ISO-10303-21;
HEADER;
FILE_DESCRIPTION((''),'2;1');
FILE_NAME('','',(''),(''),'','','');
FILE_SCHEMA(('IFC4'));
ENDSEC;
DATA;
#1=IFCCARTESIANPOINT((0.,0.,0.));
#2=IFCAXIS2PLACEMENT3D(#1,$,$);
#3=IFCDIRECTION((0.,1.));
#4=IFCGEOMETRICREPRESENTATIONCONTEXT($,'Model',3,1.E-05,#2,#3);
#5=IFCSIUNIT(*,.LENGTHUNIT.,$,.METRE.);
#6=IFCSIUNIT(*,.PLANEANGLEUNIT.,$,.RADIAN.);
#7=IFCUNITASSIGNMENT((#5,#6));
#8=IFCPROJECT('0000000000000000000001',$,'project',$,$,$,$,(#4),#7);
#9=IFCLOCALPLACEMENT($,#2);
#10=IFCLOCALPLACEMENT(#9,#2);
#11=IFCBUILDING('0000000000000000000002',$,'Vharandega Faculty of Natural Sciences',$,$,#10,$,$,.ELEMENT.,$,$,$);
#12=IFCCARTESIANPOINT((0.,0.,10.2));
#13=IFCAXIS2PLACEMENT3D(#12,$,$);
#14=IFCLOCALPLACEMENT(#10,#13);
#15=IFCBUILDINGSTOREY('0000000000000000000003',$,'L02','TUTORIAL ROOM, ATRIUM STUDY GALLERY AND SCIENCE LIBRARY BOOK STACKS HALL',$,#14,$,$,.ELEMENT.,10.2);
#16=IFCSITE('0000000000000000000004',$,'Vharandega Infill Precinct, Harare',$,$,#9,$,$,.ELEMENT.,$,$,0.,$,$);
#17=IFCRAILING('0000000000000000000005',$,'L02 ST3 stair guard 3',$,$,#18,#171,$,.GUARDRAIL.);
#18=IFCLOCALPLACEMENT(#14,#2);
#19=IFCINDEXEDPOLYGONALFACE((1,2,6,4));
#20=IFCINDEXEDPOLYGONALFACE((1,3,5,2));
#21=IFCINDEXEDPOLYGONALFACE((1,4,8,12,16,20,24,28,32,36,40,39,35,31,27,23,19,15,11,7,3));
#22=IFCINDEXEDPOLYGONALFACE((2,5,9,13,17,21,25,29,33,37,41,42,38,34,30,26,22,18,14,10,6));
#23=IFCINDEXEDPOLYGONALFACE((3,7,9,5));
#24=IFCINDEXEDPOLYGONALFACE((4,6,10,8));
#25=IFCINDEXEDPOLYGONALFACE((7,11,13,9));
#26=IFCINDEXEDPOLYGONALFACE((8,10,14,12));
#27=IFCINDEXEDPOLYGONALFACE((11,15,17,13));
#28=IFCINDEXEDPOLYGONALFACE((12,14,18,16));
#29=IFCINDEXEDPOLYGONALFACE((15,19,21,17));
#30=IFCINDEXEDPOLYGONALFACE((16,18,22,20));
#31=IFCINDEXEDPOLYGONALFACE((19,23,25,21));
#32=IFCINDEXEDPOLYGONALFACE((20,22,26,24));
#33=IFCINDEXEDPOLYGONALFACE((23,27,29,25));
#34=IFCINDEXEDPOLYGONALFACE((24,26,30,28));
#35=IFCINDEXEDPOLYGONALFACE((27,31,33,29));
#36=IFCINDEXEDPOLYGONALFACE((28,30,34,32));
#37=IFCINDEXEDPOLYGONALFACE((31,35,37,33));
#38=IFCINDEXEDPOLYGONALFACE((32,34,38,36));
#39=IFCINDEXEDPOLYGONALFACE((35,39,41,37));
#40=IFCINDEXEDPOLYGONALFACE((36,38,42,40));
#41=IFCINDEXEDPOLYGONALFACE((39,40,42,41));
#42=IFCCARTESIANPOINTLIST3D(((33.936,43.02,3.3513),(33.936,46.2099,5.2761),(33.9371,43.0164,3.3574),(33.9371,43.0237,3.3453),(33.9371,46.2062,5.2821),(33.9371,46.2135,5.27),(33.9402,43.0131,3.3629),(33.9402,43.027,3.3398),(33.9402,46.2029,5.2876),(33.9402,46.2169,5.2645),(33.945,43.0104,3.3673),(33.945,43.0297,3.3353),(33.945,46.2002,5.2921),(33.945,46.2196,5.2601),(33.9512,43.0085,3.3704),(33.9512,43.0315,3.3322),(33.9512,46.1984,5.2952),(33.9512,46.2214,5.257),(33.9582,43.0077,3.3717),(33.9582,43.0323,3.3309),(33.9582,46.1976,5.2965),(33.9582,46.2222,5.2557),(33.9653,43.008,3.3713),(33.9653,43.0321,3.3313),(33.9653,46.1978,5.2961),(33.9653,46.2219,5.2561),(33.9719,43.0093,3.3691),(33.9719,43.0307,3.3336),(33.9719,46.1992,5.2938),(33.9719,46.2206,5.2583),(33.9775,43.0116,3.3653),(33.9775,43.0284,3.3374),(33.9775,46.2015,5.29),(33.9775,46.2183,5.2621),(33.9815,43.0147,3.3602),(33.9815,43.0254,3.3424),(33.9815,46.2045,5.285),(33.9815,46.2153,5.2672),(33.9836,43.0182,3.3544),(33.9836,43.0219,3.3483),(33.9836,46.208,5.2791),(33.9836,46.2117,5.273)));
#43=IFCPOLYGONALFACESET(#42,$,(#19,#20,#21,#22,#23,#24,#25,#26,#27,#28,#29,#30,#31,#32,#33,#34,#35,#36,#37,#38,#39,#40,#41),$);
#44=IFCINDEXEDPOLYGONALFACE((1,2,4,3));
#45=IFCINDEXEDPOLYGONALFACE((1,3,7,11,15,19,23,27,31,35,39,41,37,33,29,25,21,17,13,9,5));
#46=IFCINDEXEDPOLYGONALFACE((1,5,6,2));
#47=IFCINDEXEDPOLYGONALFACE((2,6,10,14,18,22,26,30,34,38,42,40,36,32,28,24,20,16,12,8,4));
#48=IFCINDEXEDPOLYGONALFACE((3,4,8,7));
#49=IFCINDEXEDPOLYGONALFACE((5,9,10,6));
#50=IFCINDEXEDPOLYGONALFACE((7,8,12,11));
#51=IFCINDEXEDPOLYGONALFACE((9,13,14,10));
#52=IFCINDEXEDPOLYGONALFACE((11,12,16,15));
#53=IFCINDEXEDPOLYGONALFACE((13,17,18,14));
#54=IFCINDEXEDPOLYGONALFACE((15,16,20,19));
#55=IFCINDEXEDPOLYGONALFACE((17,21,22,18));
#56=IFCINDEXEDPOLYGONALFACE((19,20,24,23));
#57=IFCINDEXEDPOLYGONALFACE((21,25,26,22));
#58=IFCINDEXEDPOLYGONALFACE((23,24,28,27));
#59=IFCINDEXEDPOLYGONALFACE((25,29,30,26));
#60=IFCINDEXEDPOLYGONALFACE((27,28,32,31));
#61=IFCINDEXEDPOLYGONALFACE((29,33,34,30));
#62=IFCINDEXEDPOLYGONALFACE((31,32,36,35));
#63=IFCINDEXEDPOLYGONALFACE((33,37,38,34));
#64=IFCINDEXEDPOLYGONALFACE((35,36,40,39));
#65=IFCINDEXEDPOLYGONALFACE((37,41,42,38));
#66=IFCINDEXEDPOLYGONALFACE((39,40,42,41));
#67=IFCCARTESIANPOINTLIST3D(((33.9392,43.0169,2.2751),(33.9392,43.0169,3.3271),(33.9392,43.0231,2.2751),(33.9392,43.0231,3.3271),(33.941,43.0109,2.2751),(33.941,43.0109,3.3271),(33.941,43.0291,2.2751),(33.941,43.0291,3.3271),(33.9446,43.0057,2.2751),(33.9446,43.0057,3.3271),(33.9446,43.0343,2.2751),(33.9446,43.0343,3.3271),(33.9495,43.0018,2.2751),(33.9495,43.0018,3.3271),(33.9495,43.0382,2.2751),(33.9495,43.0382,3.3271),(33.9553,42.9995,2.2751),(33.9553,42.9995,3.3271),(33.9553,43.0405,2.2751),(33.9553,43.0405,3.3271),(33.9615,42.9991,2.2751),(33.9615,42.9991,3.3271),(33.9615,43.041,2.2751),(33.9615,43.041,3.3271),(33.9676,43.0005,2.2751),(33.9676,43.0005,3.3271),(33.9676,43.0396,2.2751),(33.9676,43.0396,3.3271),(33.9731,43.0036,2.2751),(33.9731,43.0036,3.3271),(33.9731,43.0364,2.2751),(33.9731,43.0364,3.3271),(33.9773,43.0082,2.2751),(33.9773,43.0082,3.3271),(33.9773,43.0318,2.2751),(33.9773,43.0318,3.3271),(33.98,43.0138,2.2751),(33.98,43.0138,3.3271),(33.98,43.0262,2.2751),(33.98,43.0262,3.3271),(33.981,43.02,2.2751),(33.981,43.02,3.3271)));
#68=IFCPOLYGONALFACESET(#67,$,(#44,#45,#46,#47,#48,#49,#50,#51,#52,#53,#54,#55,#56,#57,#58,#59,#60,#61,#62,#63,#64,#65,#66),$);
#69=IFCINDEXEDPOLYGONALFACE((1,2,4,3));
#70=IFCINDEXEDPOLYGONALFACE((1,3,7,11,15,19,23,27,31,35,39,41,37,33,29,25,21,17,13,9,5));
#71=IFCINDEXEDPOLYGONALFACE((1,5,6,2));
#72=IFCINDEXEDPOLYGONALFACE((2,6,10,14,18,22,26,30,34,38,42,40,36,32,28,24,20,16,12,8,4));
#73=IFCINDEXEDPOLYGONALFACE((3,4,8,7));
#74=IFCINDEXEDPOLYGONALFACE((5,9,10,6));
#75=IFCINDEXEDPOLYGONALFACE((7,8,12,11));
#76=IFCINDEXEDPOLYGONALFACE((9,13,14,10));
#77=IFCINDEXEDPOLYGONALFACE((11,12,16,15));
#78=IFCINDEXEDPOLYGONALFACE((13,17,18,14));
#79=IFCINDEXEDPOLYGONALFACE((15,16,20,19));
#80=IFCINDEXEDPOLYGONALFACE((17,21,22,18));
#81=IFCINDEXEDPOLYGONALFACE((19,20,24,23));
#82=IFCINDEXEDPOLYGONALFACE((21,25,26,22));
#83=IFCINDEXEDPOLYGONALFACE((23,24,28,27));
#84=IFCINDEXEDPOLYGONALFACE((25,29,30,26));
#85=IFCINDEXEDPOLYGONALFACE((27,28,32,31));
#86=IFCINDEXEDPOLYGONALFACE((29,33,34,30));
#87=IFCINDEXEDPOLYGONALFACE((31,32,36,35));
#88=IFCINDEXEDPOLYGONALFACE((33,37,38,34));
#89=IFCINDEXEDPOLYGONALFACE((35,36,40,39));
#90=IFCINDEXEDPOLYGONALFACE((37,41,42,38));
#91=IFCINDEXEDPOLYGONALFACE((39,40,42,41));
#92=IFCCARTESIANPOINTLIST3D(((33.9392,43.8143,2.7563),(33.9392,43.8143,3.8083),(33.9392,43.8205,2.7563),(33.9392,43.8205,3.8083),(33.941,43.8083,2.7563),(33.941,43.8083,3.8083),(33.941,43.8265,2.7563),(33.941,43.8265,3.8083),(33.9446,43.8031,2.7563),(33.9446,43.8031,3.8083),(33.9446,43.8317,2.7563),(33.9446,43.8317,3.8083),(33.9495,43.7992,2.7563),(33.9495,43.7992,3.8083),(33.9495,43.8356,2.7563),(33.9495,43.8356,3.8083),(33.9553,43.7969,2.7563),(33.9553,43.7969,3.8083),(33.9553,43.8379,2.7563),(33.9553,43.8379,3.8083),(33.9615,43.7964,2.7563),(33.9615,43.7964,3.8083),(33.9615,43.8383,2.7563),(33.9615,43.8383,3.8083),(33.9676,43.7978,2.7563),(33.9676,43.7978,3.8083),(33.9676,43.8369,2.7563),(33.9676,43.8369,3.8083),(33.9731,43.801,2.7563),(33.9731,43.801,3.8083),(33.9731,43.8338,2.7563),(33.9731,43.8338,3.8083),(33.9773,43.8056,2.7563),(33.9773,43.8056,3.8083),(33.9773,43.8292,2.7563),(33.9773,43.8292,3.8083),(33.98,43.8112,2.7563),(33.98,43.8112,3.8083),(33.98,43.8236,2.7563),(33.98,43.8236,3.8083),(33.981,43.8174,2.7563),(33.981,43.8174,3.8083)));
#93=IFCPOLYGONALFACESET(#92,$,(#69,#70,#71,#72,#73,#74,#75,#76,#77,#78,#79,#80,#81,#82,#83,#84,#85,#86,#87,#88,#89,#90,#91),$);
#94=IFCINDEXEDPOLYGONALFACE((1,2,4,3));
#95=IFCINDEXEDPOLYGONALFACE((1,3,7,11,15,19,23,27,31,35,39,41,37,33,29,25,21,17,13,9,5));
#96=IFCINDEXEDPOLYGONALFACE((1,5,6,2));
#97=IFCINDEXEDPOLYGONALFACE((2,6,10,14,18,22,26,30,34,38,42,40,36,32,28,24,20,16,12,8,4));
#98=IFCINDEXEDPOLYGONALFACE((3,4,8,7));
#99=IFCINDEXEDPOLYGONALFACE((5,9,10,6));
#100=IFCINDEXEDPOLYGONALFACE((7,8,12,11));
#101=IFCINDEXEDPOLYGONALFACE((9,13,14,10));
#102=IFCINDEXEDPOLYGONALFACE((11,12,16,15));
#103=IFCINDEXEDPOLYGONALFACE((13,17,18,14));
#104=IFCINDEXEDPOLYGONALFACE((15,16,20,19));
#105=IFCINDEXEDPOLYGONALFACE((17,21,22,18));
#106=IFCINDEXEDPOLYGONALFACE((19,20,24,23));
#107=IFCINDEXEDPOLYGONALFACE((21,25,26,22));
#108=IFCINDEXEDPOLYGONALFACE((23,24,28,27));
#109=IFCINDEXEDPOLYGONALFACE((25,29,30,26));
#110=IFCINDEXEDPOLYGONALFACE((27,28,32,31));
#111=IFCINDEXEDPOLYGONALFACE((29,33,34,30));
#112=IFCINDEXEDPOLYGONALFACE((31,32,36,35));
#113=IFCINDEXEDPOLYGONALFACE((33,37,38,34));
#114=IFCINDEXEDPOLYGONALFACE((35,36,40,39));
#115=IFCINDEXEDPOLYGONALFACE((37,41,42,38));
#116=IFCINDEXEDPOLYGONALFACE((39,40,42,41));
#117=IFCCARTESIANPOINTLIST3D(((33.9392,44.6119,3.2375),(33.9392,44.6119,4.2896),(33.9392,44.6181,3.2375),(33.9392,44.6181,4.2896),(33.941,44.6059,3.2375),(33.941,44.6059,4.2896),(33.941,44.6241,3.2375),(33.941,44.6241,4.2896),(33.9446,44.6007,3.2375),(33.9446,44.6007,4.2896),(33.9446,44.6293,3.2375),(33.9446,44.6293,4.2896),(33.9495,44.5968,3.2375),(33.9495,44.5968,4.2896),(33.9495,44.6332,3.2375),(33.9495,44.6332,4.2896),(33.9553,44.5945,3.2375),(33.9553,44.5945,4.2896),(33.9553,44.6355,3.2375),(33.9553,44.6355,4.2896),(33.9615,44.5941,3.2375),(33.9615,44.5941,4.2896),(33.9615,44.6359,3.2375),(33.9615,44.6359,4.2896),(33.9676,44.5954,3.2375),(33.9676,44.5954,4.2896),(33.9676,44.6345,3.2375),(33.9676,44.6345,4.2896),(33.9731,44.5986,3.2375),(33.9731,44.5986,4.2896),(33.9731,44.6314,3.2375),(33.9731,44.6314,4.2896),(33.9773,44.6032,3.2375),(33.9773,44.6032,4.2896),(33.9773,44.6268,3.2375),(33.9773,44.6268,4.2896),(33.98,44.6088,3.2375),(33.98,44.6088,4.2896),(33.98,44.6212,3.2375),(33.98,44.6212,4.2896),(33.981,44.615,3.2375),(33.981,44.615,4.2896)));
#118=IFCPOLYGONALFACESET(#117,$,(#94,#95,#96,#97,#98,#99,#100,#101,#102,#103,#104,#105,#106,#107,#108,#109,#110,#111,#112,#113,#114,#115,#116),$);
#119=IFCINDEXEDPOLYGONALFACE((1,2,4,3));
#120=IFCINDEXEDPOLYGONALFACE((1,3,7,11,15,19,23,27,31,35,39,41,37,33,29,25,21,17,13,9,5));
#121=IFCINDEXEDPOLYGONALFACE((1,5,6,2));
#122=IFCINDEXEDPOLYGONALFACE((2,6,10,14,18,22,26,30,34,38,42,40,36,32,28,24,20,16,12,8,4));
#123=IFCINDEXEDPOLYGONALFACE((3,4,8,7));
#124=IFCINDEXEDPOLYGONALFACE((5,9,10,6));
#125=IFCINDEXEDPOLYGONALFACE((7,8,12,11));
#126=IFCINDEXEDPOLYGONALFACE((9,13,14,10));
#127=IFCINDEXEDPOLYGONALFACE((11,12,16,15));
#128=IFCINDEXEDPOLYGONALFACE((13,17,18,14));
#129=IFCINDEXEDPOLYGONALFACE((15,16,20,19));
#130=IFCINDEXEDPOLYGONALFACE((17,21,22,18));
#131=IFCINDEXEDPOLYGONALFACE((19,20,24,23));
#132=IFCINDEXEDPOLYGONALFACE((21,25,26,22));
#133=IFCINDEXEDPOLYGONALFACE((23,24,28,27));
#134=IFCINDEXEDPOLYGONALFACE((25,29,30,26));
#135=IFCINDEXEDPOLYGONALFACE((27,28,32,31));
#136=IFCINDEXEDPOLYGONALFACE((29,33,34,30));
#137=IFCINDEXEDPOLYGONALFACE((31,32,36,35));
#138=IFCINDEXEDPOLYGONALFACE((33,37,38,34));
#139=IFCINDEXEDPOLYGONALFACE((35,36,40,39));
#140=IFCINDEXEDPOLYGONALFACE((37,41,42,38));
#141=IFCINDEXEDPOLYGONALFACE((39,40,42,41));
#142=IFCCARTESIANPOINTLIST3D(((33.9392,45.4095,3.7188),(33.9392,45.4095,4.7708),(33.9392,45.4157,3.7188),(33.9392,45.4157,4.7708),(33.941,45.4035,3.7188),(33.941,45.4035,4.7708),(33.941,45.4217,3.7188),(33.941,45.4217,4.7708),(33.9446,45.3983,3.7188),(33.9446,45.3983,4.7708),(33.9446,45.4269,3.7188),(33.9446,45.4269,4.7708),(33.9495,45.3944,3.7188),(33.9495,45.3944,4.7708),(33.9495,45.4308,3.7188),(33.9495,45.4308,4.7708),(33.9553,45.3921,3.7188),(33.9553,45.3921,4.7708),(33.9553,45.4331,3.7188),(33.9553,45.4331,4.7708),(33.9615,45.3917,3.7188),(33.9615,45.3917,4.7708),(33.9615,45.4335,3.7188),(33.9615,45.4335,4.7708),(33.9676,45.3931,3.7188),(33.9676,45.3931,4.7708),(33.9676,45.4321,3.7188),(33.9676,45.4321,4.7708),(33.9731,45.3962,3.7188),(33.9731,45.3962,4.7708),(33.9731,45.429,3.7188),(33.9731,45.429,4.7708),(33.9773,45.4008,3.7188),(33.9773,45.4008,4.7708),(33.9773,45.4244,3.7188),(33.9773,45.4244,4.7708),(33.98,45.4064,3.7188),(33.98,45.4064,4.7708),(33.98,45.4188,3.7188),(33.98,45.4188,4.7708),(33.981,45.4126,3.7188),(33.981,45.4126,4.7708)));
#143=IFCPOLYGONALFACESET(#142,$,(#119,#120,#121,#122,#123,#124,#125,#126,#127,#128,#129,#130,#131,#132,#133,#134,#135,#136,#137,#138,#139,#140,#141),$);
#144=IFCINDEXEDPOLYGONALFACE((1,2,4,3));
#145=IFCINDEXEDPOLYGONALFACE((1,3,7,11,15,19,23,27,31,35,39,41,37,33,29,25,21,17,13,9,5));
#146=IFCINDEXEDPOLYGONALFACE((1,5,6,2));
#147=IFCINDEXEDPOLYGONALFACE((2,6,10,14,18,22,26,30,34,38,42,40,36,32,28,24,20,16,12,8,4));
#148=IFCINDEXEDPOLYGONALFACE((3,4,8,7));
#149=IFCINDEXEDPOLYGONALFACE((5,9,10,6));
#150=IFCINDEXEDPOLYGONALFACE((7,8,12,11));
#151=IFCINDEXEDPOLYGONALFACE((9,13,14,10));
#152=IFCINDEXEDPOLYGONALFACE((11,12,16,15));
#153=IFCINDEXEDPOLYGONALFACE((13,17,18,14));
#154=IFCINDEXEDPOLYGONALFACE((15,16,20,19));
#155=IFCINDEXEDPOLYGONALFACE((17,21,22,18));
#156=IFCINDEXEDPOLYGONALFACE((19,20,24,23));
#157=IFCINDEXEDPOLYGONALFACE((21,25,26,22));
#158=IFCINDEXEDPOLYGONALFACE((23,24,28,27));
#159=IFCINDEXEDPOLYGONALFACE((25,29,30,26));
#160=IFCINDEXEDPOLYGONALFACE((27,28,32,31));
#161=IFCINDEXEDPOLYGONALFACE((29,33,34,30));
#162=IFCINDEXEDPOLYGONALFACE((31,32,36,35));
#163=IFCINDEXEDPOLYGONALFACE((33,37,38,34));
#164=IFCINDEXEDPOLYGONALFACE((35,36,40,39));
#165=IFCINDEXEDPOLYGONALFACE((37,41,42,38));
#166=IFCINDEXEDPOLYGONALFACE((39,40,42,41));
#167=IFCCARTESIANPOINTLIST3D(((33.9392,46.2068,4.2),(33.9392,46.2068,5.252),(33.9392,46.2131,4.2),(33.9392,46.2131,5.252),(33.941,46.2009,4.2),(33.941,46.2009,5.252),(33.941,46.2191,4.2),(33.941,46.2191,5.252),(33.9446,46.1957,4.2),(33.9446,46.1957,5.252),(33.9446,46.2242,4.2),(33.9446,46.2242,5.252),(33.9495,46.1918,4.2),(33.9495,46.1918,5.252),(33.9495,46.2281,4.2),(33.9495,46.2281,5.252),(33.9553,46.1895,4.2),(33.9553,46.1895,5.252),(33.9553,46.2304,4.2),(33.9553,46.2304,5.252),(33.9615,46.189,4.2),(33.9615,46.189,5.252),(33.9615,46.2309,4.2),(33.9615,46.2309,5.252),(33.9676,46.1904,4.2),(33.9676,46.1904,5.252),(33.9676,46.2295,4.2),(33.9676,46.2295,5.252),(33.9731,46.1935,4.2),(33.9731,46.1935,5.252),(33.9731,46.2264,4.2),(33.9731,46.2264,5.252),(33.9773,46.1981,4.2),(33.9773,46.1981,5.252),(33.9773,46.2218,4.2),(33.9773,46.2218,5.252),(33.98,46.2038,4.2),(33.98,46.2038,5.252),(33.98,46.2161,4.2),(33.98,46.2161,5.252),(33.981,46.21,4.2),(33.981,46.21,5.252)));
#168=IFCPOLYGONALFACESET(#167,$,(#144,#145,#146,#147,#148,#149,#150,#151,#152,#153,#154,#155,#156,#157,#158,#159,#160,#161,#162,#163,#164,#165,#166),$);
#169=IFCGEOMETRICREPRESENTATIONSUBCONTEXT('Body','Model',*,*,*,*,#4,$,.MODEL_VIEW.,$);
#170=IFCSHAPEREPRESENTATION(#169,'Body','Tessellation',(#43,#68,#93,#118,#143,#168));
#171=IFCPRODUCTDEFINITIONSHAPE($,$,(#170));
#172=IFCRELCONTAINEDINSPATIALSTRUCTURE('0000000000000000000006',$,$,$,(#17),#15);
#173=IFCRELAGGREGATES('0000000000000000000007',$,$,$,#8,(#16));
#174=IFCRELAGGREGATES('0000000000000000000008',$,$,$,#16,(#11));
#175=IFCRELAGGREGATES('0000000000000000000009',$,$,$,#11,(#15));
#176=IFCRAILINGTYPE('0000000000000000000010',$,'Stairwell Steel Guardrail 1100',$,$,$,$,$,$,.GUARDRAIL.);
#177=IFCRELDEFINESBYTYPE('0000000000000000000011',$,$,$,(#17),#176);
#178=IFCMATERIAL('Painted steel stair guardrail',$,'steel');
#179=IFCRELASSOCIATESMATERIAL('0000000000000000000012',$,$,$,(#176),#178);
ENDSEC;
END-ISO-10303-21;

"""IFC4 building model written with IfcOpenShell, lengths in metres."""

from ifc_helpers import new_model, si_unit, direction, frame, origin, origin_2d, place, context, subcontext, project, spatial, circle, extrude, material, type_object, element, save


model = new_model("IFC4")

# Units and contexts
model_context = context("Model", 3, precision=1e-05, world=origin(), true_north=direction((0.0, 1.0)))
body_context = subcontext(model_context, "Body", "Model", "MODEL_VIEW")
ifc_project = project(units=[si_unit("LENGTHUNIT", "METRE"), si_unit("PLANEANGLEUNIT", "RADIAN")], contexts=[model_context])

# Site, building, storey
site_placement = place(None, origin())
site = spatial("IfcSite", under=ifc_project, at=site_placement, Name="Vharandega Infill Precinct, Harare", CompositionType="ELEMENT", RefElevation=0.0)
building_placement = place(site_placement, origin())
building = spatial("IfcBuilding", under=site, at=building_placement, Name="Vharandega Faculty of Natural Sciences", CompositionType="ELEMENT")
storey_placement = place(building_placement, frame((0.0, 0.0, 10.2)))
storey = spatial("IfcBuildingStorey", under=building, at=storey_placement, Name="L02", Description="TUTORIAL ROOM, ATRIUM STUDY GALLERY AND SCIENCE LIBRARY BOOK STACKS HALL", CompositionType="ELEMENT", Elevation=10.2)

# Railing
ifc_material_1 = material(Name="Painted steel stair guardrail", Category="steel")
railing_type_1 = type_object("IfcRailingType", Name="Stairwell Steel Guardrail 1100", PredefinedType="GUARDRAIL", material=ifc_material_1)
railing_1_placement = place(storey_placement, frame((33.96, 43.02, 2.2751)))
element("IfcRailing", 1, at=railing_1_placement, inside=storey, type_object=railing_type_1, Name="L02 ST3 stair guard 3", PredefinedType="GUARDRAIL", context=body_context, shape_type="SweptSolid", body=[
    extrude(circle(Radius=0.0239, at=origin_2d()), frame((0.0, 0.0, 1.0762), z_axis=(0.0, 0.856207, 0.516633), x_axis=(-1.0, 0.0, 0.0)), (0.0, 0.0, 1.0), 3.7256),
    extrude(circle(Radius=0.021, at=origin_2d()), origin(), (0.0, 0.0, 1.0), 1.052),
    extrude(circle(Radius=0.021, at=origin_2d()), frame((0.0, 0.7974, 0.4812)), (0.0, 0.0, 1.0), 1.052),
    extrude(circle(Radius=0.021, at=origin_2d()), frame((0.0, 1.595, 0.9624)), (0.0, 0.0, 1.0), 1.052),
    extrude(circle(Radius=0.021, at=origin_2d()), frame((0.0, 2.3926, 1.4436)), (0.0, 0.0, 1.0), 1.052),
    extrude(circle(Radius=0.021, at=origin_2d()), frame((0.0, 3.1899, 1.9248)), (0.0, 0.0, 1.0), 1.052),
])

save(model, "model.ifc")
